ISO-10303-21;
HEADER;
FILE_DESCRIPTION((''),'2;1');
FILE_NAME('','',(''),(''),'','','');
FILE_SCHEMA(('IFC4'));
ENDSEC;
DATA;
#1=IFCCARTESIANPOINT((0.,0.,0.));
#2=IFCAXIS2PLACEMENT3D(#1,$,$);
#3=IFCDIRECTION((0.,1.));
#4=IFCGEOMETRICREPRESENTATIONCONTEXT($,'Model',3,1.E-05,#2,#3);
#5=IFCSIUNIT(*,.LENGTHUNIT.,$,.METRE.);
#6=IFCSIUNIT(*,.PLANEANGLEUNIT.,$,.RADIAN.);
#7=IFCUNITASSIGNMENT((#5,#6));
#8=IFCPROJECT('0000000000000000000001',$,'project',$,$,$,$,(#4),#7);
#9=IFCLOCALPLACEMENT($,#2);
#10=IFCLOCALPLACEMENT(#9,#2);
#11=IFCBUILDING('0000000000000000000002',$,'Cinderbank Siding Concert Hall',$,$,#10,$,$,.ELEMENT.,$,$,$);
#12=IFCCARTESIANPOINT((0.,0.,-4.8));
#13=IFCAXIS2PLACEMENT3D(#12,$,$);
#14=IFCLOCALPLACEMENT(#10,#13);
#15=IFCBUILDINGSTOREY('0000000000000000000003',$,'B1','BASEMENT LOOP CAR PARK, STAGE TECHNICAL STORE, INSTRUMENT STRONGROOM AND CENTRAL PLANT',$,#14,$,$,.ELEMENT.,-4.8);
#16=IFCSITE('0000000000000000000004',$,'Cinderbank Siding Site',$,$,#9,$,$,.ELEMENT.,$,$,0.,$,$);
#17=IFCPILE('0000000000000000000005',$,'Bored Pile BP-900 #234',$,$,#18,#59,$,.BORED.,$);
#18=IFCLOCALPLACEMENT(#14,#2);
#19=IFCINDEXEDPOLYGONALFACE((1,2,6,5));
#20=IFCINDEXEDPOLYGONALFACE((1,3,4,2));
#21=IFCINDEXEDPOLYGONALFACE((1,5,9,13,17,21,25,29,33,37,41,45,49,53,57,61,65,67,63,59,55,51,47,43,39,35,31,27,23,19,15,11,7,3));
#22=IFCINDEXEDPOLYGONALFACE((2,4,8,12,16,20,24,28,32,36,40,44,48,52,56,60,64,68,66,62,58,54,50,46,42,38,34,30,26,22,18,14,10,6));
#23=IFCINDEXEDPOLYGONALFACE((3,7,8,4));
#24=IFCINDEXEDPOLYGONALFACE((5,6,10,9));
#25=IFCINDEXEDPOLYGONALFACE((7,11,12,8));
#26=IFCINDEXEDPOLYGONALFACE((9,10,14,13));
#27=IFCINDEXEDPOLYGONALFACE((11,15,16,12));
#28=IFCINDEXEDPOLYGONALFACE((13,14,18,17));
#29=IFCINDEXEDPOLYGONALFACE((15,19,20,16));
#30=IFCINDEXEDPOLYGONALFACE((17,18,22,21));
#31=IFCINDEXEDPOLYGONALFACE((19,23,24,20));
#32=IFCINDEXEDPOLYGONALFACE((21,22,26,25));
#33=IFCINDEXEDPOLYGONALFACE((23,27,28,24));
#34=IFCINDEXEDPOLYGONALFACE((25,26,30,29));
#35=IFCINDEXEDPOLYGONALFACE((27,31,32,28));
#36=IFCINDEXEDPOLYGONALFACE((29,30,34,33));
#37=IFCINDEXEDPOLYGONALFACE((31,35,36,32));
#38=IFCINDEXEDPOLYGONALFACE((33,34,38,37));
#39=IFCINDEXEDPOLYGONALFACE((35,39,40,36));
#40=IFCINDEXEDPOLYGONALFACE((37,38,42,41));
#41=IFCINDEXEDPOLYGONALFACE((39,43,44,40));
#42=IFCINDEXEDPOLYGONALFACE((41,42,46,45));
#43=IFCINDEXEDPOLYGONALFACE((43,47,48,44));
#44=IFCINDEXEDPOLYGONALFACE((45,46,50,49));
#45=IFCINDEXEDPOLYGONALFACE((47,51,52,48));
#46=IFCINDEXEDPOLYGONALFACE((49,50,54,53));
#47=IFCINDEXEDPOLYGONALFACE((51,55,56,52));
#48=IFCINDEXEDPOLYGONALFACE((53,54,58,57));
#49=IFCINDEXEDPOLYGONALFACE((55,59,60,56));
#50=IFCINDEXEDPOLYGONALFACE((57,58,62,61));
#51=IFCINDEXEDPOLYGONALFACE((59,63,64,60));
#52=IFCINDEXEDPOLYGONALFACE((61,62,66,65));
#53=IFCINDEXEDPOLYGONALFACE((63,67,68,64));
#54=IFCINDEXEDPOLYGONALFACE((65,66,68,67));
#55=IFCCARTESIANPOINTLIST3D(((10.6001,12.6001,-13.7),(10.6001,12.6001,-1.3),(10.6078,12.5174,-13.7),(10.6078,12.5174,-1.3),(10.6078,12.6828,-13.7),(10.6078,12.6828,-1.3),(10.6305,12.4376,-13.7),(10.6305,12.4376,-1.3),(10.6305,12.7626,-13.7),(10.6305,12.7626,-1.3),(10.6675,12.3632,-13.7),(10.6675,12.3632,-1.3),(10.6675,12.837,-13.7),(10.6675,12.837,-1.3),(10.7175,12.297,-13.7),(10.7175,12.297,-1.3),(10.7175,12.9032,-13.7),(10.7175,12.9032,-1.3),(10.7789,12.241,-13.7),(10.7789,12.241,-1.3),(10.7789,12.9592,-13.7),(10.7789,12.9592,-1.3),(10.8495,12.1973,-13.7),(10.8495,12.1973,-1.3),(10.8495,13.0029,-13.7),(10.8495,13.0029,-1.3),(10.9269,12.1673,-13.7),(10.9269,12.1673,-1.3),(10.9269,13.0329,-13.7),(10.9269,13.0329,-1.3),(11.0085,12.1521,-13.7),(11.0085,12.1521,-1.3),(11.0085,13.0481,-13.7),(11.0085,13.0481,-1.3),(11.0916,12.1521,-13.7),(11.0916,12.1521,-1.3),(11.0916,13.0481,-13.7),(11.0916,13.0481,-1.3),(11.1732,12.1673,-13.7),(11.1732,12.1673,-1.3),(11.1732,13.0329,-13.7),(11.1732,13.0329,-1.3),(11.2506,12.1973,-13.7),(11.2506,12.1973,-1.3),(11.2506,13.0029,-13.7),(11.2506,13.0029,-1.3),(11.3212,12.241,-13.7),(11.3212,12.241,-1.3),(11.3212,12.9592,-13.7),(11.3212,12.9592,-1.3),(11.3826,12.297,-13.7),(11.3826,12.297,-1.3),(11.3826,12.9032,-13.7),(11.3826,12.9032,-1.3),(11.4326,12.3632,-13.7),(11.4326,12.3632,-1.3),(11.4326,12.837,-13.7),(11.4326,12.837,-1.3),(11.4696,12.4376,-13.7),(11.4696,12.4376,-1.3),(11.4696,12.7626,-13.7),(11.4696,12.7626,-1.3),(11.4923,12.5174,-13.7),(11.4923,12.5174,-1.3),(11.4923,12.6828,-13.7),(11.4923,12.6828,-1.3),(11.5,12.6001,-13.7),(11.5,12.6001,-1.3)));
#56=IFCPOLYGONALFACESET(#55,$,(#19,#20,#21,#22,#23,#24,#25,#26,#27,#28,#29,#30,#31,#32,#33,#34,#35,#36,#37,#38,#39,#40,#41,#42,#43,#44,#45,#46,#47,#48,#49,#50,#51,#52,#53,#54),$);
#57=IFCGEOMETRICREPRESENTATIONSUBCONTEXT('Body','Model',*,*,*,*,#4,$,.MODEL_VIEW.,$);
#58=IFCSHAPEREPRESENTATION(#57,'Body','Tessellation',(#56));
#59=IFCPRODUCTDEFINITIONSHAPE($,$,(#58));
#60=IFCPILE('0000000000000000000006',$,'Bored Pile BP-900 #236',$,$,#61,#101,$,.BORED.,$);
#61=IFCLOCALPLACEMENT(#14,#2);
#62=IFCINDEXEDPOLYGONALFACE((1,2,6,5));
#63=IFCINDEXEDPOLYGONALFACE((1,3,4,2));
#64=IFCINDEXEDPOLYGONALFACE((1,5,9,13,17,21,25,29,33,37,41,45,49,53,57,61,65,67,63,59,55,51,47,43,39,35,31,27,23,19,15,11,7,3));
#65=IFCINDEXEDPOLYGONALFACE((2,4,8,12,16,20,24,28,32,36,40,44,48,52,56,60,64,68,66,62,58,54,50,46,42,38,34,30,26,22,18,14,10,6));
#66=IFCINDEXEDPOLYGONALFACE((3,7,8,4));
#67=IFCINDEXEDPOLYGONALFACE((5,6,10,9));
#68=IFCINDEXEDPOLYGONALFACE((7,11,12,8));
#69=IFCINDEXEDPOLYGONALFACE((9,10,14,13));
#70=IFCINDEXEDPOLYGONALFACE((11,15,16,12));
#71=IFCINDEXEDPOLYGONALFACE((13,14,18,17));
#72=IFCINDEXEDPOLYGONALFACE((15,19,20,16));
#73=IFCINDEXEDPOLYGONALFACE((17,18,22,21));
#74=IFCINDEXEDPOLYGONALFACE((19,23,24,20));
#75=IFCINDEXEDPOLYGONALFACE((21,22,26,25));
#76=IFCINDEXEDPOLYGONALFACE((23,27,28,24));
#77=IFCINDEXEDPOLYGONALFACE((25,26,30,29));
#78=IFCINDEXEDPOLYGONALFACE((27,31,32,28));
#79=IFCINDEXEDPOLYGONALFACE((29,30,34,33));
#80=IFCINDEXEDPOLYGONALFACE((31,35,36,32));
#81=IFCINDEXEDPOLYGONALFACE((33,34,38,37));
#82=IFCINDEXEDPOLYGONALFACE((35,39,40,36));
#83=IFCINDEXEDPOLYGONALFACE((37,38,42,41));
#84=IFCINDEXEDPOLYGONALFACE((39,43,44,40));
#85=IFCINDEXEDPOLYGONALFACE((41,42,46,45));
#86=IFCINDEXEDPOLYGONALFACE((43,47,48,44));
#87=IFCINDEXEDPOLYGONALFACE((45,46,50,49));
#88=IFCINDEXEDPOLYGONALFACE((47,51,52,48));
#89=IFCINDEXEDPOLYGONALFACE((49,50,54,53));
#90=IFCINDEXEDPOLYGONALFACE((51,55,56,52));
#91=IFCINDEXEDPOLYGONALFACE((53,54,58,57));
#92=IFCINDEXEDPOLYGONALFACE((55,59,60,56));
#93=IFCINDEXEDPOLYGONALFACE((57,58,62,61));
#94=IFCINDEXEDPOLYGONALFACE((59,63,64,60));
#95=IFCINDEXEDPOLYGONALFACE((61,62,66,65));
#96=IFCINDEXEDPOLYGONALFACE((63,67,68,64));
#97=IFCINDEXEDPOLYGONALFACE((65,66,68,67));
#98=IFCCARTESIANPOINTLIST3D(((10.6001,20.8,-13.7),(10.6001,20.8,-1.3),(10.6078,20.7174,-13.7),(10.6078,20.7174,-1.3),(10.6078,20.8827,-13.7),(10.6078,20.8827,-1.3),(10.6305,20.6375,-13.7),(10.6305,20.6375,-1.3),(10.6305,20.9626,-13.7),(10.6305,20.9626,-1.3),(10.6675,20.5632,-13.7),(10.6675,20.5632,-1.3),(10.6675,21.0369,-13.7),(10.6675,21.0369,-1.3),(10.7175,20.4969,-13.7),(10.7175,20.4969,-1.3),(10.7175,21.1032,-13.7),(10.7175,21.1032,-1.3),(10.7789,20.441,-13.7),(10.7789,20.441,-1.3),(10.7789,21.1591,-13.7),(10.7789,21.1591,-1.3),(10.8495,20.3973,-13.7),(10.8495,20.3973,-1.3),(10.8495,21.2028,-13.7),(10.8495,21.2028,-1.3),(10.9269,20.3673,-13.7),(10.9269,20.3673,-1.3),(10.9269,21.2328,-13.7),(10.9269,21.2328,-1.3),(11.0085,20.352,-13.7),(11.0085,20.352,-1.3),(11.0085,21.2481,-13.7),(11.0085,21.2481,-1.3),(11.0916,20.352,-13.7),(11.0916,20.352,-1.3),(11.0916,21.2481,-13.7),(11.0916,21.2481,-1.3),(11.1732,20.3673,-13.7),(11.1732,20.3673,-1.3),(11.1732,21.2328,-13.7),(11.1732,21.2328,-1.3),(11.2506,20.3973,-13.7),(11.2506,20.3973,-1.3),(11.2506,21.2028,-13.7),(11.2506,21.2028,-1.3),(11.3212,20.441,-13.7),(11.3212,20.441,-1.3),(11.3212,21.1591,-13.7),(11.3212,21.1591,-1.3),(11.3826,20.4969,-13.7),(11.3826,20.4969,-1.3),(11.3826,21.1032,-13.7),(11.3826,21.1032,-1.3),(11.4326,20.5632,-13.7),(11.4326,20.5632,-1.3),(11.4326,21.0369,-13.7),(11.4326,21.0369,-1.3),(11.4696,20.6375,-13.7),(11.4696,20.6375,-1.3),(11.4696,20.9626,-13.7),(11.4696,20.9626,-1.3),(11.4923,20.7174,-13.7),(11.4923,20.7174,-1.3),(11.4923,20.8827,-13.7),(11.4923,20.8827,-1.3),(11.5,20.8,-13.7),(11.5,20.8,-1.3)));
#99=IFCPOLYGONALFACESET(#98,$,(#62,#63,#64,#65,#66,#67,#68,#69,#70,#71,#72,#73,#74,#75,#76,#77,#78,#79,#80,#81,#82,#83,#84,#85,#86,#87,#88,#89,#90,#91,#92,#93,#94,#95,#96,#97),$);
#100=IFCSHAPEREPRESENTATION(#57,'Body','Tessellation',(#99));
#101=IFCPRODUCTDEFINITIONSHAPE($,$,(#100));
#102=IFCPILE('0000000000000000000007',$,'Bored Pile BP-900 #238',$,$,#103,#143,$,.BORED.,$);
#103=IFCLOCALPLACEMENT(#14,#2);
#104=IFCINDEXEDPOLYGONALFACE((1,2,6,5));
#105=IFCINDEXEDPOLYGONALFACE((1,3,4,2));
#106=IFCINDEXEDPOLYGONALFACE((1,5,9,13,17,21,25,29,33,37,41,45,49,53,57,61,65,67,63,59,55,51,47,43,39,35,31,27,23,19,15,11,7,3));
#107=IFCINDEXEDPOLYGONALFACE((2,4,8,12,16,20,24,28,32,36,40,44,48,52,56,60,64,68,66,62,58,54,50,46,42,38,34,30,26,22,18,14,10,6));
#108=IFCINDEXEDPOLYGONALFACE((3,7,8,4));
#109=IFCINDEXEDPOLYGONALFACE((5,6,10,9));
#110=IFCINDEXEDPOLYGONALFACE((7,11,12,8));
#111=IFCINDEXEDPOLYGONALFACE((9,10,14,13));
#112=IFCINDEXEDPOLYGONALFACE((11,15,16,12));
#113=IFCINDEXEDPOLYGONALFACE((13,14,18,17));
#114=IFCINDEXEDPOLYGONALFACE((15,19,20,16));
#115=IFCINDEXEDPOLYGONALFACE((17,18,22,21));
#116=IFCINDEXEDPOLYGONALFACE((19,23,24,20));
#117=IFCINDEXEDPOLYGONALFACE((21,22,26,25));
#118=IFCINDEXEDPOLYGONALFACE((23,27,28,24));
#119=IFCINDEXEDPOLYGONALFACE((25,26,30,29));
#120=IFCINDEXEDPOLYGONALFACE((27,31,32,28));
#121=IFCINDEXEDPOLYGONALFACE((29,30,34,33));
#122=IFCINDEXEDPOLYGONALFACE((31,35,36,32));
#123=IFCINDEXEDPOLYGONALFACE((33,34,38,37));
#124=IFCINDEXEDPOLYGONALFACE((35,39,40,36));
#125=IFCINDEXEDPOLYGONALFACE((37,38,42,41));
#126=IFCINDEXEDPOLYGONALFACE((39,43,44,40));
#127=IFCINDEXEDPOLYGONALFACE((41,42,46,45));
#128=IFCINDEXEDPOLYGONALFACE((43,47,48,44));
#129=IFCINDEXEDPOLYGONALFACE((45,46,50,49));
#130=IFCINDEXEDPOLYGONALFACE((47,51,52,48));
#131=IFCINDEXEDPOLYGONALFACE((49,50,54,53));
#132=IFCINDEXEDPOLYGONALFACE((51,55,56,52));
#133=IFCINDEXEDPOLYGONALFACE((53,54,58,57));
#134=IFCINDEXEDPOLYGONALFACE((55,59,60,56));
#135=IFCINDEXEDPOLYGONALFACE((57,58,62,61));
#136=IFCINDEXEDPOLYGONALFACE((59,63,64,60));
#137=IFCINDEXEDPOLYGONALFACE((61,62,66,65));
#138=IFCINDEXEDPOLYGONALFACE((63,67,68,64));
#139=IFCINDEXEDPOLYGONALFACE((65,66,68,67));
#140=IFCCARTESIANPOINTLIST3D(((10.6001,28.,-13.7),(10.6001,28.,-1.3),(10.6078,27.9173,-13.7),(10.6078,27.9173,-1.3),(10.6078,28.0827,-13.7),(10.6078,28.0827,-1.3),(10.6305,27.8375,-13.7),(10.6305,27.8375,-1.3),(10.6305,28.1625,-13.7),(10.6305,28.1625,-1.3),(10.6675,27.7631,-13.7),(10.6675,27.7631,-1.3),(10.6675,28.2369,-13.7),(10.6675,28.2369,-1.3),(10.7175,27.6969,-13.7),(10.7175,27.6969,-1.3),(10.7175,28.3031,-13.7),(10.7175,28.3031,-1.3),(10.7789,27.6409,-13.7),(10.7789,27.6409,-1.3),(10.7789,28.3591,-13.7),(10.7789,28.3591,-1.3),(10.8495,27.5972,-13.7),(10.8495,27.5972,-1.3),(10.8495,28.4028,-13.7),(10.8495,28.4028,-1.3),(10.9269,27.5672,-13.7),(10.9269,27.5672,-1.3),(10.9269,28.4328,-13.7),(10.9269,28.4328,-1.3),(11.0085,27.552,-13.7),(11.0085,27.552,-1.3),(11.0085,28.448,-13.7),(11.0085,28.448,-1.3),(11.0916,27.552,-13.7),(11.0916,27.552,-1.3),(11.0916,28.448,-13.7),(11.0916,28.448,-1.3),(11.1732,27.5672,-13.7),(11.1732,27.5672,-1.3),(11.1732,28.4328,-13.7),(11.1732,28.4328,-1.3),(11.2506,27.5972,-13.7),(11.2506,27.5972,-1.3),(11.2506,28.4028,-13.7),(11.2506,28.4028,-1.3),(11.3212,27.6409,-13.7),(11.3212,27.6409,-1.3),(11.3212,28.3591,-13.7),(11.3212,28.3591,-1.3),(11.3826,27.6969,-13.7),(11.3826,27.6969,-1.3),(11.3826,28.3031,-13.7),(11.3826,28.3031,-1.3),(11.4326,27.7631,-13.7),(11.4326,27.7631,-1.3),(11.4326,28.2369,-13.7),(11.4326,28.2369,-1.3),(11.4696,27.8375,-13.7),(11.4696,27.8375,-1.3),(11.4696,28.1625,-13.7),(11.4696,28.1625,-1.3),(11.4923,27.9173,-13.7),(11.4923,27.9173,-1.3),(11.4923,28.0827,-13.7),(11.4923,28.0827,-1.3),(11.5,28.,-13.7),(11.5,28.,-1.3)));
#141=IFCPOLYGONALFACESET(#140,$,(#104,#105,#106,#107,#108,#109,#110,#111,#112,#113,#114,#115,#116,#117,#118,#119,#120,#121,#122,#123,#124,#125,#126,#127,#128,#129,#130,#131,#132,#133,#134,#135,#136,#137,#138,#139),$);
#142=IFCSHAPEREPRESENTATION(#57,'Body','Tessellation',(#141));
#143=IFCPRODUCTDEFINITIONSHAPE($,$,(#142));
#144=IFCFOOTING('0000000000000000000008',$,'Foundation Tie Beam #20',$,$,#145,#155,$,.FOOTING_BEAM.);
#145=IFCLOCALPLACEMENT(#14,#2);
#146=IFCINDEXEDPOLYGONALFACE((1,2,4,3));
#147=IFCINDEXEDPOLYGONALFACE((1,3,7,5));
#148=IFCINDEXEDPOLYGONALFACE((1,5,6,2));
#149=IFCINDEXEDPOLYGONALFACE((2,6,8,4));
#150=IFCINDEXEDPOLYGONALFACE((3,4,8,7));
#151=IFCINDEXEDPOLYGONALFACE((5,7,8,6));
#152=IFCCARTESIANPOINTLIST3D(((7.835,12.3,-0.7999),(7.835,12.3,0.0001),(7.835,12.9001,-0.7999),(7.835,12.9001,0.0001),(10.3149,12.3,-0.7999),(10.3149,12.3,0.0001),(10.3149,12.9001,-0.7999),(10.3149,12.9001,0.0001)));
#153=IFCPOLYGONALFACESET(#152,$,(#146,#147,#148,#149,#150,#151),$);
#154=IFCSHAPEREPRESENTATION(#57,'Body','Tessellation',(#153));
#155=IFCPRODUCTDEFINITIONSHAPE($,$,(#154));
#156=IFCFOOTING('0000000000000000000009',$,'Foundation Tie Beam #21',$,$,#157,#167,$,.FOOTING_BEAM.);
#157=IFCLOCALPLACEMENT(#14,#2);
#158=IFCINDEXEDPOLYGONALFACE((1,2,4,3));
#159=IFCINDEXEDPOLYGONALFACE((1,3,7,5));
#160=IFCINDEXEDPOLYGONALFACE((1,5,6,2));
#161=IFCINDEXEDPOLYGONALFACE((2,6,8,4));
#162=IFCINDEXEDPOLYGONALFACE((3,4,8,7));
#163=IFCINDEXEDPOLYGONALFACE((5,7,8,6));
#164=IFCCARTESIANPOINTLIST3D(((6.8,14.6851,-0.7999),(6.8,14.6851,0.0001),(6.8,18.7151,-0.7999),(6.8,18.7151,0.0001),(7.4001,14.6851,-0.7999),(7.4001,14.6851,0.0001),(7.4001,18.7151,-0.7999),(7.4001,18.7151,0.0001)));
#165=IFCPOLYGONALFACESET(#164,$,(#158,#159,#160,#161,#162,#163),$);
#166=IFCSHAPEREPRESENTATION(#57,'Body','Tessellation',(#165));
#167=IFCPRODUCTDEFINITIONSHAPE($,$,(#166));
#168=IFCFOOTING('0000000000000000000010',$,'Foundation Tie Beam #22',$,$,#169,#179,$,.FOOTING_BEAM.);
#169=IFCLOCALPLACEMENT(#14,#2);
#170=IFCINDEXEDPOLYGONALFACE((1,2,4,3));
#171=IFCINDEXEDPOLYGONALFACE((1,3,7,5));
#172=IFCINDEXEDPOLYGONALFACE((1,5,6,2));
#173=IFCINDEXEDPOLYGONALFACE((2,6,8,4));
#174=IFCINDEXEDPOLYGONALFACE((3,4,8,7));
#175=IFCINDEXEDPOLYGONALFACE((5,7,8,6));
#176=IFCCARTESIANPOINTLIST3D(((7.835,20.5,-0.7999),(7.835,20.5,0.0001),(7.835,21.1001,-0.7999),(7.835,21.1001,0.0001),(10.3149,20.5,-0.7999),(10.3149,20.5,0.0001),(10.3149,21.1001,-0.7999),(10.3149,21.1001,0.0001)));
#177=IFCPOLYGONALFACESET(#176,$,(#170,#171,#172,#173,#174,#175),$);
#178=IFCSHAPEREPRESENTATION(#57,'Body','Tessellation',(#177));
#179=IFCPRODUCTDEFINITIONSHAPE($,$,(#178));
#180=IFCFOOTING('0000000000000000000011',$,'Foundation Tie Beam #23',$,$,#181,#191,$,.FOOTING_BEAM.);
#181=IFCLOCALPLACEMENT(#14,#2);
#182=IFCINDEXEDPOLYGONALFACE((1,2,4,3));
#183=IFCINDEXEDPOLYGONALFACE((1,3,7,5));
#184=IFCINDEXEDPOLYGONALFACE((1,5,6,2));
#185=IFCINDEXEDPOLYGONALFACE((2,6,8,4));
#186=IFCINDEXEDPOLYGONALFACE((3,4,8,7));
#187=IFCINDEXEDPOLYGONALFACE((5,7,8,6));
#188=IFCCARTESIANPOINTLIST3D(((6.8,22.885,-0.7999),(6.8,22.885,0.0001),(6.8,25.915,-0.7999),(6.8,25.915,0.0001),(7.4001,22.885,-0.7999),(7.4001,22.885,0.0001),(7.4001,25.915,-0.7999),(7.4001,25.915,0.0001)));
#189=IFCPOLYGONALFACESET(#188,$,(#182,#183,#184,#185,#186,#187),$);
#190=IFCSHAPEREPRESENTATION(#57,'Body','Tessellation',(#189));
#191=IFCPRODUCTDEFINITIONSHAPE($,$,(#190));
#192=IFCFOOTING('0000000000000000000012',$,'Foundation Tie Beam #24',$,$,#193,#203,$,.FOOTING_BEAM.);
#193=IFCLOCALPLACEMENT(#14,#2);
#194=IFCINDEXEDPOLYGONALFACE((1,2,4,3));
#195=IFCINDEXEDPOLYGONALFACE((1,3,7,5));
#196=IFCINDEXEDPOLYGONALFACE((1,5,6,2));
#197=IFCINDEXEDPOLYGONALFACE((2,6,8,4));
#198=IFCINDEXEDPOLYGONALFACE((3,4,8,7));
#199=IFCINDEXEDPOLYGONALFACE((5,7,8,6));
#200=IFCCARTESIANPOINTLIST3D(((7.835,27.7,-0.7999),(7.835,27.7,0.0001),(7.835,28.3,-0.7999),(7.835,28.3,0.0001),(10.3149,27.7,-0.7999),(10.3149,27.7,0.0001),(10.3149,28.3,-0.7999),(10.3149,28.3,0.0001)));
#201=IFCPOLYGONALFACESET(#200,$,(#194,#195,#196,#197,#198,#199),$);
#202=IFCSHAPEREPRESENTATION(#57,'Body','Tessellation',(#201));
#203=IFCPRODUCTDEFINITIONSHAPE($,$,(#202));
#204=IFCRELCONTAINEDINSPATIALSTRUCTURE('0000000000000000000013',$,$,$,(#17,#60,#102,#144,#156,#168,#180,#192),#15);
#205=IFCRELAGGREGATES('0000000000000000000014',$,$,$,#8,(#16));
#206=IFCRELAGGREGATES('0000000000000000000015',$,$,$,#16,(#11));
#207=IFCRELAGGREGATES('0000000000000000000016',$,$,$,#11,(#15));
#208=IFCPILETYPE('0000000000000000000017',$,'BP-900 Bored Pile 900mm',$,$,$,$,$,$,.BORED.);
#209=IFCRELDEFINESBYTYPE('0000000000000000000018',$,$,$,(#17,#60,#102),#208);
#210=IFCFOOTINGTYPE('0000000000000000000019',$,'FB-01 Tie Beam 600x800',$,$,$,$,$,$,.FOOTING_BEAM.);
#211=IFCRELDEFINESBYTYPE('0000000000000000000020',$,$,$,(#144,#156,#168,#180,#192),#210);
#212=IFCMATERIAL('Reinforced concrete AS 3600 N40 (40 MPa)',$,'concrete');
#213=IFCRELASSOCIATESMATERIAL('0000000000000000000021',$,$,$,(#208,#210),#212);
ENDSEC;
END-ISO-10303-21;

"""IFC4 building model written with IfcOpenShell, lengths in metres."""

from ifc_helpers import new_model, si_unit, direction, frame, origin, origin_2d, place, context, subcontext, project, spatial, rectangle, circle, extrude, material, material_profile, profile_set, type_object, element, save


model = new_model("IFC4")

# Units and contexts
model_context = context("Model", 3, precision=1e-05, world=origin(), true_north=direction((0.0, 1.0)))
body_context = subcontext(model_context, "Body", "Model", "MODEL_VIEW")
ifc_project = project(units=[si_unit("LENGTHUNIT", "METRE"), si_unit("PLANEANGLEUNIT", "RADIAN")], contexts=[model_context])

# Site, building, storey
site_placement = place(None, origin())
site = spatial("IfcSite", under=ifc_project, at=site_placement, Name="Cinderbank Siding Site", CompositionType="ELEMENT", RefElevation=0.0)
building_placement = place(site_placement, origin())
building = spatial("IfcBuilding", under=site, at=building_placement, Name="Cinderbank Siding Concert Hall", CompositionType="ELEMENT")
storey_placement = place(building_placement, frame((0.0, 0.0, -4.8)))
storey = spatial("IfcBuildingStorey", under=building, at=storey_placement, Name="B1", Description="BASEMENT LOOP CAR PARK, STAGE TECHNICAL STORE, INSTRUMENT STRONGROOM AND CENTRAL PLANT", CompositionType="ELEMENT", Elevation=-4.8)

# Piles
ifc_material_1 = material(Name="Reinforced concrete AS 3600 N40 (40 MPa)", Category="concrete")
ifc_material_profile_1 = material_profile(ifc_material_1, circle(Radius=0.45, at=origin_2d()), Name="PILE-900DIA", Category="LoadBearing")
ifc_profile_set_1 = profile_set([ifc_material_profile_1], Name="Reinforced concrete AS 3600 N40 (40 MPa)")
pile_type = type_object("IfcPileType", Name="BP-900 Bored Pile 900mm", PredefinedType="BORED", material=ifc_profile_set_1)
for number, where, z_axis, x_axis, name in (
    (1, (11.05, 12.6001, -1.3), (0.0, 0.0, -1.0), (1.0, 0.0, 0.0), "Bored Pile BP-900 #234"),
    (2, (11.05, 20.8, -1.3), (0.0, 0.0, -1.0), (1.0, 0.0, 0.0), "Bored Pile BP-900 #236"),
    (3, (11.05, 28.0, -1.3), (0.0, 0.0, -1.0), (1.0, 0.0, 0.0), "Bored Pile BP-900 #238"),
):
    element("IfcPile", number, at=place(storey_placement, frame(where, z_axis=z_axis, x_axis=x_axis)), inside=storey, type_object=pile_type, Name=name, PredefinedType="BORED", context=body_context, shape_type="SweptSolid", body=[
        extrude(circle(Radius=0.45, at=origin_2d()), origin(), (0.0, 0.0, 1.0), 12.3999),
    ])

# Footings
ifc_material_profile_2 = material_profile(ifc_material_1, rectangle(XDim=0.6001, YDim=0.8, at=origin_2d()), Name="RC-FB-600x800", Category="LoadBearing")
ifc_profile_set_2 = profile_set([ifc_material_profile_2], Name="Reinforced concrete AS 3600 N40 (40 MPa)")
footing_type_1 = type_object("IfcFootingType", Name="FB-01 Tie Beam 600x800", PredefinedType="FOOTING_BEAM", material=ifc_profile_set_2)
footing_1_placement = place(storey_placement, frame((7.835, 12.6001, -0.3999), z_axis=(1.0, 0.0, 0.0), x_axis=(0.0, 1.0, 0.0)))
element("IfcFooting", 4, at=footing_1_placement, inside=storey, type_object=footing_type_1, Name="Foundation Tie Beam #20", PredefinedType="FOOTING_BEAM", context=body_context, shape_type="SweptSolid", body=[
    extrude(rectangle(XDim=0.6001, YDim=0.8, at=origin_2d()), origin(), (0.0, 0.0, 1.0), 2.48),
])
footing_2_placement = place(storey_placement, frame((7.1001, 14.6851, -0.3999), z_axis=(0.0, 1.0, 0.0), x_axis=(-1.0, 0.0, 0.0)))
element("IfcFooting", 5, at=footing_2_placement, inside=storey, type_object=footing_type_1, Name="Foundation Tie Beam #21", PredefinedType="FOOTING_BEAM", context=body_context, shape_type="SweptSolid", body=[
    extrude(rectangle(XDim=0.6001, YDim=0.8, at=origin_2d()), origin(), (0.0, 0.0, 1.0), 4.03),
])
footing_3_placement = place(storey_placement, frame((7.835, 20.8, -0.3999), z_axis=(1.0, 0.0, 0.0), x_axis=(0.0, 1.0, 0.0)))
element("IfcFooting", 6, at=footing_3_placement, inside=storey, type_object=footing_type_1, Name="Foundation Tie Beam #22", PredefinedType="FOOTING_BEAM", context=body_context, shape_type="SweptSolid", body=[
    extrude(rectangle(XDim=0.6001, YDim=0.8, at=origin_2d()), origin(), (0.0, 0.0, 1.0), 2.48),
])
footing_4_placement = place(storey_placement, frame((7.1001, 22.885, -0.3999), z_axis=(0.0, 1.0, 0.0), x_axis=(-1.0, 0.0, 0.0)))
element("IfcFooting", 7, at=footing_4_placement, inside=storey, type_object=footing_type_1, Name="Foundation Tie Beam #23", PredefinedType="FOOTING_BEAM", context=body_context, shape_type="SweptSolid", body=[
    extrude(rectangle(XDim=0.6001, YDim=0.8, at=origin_2d()), origin(), (0.0, 0.0, 1.0), 3.03),
])
footing_5_placement = place(storey_placement, frame((7.835, 28.0, -0.3999), z_axis=(1.0, 0.0, 0.0), x_axis=(0.0, 1.0, 0.0)))
element("IfcFooting", 8, at=footing_5_placement, inside=storey, type_object=footing_type_1, Name="Foundation Tie Beam #24", PredefinedType="FOOTING_BEAM", context=body_context, shape_type="SweptSolid", body=[
    extrude(rectangle(XDim=0.6001, YDim=0.8, at=origin_2d()), origin(), (0.0, 0.0, 1.0), 2.48),
])

save(model, "model.ifc")
